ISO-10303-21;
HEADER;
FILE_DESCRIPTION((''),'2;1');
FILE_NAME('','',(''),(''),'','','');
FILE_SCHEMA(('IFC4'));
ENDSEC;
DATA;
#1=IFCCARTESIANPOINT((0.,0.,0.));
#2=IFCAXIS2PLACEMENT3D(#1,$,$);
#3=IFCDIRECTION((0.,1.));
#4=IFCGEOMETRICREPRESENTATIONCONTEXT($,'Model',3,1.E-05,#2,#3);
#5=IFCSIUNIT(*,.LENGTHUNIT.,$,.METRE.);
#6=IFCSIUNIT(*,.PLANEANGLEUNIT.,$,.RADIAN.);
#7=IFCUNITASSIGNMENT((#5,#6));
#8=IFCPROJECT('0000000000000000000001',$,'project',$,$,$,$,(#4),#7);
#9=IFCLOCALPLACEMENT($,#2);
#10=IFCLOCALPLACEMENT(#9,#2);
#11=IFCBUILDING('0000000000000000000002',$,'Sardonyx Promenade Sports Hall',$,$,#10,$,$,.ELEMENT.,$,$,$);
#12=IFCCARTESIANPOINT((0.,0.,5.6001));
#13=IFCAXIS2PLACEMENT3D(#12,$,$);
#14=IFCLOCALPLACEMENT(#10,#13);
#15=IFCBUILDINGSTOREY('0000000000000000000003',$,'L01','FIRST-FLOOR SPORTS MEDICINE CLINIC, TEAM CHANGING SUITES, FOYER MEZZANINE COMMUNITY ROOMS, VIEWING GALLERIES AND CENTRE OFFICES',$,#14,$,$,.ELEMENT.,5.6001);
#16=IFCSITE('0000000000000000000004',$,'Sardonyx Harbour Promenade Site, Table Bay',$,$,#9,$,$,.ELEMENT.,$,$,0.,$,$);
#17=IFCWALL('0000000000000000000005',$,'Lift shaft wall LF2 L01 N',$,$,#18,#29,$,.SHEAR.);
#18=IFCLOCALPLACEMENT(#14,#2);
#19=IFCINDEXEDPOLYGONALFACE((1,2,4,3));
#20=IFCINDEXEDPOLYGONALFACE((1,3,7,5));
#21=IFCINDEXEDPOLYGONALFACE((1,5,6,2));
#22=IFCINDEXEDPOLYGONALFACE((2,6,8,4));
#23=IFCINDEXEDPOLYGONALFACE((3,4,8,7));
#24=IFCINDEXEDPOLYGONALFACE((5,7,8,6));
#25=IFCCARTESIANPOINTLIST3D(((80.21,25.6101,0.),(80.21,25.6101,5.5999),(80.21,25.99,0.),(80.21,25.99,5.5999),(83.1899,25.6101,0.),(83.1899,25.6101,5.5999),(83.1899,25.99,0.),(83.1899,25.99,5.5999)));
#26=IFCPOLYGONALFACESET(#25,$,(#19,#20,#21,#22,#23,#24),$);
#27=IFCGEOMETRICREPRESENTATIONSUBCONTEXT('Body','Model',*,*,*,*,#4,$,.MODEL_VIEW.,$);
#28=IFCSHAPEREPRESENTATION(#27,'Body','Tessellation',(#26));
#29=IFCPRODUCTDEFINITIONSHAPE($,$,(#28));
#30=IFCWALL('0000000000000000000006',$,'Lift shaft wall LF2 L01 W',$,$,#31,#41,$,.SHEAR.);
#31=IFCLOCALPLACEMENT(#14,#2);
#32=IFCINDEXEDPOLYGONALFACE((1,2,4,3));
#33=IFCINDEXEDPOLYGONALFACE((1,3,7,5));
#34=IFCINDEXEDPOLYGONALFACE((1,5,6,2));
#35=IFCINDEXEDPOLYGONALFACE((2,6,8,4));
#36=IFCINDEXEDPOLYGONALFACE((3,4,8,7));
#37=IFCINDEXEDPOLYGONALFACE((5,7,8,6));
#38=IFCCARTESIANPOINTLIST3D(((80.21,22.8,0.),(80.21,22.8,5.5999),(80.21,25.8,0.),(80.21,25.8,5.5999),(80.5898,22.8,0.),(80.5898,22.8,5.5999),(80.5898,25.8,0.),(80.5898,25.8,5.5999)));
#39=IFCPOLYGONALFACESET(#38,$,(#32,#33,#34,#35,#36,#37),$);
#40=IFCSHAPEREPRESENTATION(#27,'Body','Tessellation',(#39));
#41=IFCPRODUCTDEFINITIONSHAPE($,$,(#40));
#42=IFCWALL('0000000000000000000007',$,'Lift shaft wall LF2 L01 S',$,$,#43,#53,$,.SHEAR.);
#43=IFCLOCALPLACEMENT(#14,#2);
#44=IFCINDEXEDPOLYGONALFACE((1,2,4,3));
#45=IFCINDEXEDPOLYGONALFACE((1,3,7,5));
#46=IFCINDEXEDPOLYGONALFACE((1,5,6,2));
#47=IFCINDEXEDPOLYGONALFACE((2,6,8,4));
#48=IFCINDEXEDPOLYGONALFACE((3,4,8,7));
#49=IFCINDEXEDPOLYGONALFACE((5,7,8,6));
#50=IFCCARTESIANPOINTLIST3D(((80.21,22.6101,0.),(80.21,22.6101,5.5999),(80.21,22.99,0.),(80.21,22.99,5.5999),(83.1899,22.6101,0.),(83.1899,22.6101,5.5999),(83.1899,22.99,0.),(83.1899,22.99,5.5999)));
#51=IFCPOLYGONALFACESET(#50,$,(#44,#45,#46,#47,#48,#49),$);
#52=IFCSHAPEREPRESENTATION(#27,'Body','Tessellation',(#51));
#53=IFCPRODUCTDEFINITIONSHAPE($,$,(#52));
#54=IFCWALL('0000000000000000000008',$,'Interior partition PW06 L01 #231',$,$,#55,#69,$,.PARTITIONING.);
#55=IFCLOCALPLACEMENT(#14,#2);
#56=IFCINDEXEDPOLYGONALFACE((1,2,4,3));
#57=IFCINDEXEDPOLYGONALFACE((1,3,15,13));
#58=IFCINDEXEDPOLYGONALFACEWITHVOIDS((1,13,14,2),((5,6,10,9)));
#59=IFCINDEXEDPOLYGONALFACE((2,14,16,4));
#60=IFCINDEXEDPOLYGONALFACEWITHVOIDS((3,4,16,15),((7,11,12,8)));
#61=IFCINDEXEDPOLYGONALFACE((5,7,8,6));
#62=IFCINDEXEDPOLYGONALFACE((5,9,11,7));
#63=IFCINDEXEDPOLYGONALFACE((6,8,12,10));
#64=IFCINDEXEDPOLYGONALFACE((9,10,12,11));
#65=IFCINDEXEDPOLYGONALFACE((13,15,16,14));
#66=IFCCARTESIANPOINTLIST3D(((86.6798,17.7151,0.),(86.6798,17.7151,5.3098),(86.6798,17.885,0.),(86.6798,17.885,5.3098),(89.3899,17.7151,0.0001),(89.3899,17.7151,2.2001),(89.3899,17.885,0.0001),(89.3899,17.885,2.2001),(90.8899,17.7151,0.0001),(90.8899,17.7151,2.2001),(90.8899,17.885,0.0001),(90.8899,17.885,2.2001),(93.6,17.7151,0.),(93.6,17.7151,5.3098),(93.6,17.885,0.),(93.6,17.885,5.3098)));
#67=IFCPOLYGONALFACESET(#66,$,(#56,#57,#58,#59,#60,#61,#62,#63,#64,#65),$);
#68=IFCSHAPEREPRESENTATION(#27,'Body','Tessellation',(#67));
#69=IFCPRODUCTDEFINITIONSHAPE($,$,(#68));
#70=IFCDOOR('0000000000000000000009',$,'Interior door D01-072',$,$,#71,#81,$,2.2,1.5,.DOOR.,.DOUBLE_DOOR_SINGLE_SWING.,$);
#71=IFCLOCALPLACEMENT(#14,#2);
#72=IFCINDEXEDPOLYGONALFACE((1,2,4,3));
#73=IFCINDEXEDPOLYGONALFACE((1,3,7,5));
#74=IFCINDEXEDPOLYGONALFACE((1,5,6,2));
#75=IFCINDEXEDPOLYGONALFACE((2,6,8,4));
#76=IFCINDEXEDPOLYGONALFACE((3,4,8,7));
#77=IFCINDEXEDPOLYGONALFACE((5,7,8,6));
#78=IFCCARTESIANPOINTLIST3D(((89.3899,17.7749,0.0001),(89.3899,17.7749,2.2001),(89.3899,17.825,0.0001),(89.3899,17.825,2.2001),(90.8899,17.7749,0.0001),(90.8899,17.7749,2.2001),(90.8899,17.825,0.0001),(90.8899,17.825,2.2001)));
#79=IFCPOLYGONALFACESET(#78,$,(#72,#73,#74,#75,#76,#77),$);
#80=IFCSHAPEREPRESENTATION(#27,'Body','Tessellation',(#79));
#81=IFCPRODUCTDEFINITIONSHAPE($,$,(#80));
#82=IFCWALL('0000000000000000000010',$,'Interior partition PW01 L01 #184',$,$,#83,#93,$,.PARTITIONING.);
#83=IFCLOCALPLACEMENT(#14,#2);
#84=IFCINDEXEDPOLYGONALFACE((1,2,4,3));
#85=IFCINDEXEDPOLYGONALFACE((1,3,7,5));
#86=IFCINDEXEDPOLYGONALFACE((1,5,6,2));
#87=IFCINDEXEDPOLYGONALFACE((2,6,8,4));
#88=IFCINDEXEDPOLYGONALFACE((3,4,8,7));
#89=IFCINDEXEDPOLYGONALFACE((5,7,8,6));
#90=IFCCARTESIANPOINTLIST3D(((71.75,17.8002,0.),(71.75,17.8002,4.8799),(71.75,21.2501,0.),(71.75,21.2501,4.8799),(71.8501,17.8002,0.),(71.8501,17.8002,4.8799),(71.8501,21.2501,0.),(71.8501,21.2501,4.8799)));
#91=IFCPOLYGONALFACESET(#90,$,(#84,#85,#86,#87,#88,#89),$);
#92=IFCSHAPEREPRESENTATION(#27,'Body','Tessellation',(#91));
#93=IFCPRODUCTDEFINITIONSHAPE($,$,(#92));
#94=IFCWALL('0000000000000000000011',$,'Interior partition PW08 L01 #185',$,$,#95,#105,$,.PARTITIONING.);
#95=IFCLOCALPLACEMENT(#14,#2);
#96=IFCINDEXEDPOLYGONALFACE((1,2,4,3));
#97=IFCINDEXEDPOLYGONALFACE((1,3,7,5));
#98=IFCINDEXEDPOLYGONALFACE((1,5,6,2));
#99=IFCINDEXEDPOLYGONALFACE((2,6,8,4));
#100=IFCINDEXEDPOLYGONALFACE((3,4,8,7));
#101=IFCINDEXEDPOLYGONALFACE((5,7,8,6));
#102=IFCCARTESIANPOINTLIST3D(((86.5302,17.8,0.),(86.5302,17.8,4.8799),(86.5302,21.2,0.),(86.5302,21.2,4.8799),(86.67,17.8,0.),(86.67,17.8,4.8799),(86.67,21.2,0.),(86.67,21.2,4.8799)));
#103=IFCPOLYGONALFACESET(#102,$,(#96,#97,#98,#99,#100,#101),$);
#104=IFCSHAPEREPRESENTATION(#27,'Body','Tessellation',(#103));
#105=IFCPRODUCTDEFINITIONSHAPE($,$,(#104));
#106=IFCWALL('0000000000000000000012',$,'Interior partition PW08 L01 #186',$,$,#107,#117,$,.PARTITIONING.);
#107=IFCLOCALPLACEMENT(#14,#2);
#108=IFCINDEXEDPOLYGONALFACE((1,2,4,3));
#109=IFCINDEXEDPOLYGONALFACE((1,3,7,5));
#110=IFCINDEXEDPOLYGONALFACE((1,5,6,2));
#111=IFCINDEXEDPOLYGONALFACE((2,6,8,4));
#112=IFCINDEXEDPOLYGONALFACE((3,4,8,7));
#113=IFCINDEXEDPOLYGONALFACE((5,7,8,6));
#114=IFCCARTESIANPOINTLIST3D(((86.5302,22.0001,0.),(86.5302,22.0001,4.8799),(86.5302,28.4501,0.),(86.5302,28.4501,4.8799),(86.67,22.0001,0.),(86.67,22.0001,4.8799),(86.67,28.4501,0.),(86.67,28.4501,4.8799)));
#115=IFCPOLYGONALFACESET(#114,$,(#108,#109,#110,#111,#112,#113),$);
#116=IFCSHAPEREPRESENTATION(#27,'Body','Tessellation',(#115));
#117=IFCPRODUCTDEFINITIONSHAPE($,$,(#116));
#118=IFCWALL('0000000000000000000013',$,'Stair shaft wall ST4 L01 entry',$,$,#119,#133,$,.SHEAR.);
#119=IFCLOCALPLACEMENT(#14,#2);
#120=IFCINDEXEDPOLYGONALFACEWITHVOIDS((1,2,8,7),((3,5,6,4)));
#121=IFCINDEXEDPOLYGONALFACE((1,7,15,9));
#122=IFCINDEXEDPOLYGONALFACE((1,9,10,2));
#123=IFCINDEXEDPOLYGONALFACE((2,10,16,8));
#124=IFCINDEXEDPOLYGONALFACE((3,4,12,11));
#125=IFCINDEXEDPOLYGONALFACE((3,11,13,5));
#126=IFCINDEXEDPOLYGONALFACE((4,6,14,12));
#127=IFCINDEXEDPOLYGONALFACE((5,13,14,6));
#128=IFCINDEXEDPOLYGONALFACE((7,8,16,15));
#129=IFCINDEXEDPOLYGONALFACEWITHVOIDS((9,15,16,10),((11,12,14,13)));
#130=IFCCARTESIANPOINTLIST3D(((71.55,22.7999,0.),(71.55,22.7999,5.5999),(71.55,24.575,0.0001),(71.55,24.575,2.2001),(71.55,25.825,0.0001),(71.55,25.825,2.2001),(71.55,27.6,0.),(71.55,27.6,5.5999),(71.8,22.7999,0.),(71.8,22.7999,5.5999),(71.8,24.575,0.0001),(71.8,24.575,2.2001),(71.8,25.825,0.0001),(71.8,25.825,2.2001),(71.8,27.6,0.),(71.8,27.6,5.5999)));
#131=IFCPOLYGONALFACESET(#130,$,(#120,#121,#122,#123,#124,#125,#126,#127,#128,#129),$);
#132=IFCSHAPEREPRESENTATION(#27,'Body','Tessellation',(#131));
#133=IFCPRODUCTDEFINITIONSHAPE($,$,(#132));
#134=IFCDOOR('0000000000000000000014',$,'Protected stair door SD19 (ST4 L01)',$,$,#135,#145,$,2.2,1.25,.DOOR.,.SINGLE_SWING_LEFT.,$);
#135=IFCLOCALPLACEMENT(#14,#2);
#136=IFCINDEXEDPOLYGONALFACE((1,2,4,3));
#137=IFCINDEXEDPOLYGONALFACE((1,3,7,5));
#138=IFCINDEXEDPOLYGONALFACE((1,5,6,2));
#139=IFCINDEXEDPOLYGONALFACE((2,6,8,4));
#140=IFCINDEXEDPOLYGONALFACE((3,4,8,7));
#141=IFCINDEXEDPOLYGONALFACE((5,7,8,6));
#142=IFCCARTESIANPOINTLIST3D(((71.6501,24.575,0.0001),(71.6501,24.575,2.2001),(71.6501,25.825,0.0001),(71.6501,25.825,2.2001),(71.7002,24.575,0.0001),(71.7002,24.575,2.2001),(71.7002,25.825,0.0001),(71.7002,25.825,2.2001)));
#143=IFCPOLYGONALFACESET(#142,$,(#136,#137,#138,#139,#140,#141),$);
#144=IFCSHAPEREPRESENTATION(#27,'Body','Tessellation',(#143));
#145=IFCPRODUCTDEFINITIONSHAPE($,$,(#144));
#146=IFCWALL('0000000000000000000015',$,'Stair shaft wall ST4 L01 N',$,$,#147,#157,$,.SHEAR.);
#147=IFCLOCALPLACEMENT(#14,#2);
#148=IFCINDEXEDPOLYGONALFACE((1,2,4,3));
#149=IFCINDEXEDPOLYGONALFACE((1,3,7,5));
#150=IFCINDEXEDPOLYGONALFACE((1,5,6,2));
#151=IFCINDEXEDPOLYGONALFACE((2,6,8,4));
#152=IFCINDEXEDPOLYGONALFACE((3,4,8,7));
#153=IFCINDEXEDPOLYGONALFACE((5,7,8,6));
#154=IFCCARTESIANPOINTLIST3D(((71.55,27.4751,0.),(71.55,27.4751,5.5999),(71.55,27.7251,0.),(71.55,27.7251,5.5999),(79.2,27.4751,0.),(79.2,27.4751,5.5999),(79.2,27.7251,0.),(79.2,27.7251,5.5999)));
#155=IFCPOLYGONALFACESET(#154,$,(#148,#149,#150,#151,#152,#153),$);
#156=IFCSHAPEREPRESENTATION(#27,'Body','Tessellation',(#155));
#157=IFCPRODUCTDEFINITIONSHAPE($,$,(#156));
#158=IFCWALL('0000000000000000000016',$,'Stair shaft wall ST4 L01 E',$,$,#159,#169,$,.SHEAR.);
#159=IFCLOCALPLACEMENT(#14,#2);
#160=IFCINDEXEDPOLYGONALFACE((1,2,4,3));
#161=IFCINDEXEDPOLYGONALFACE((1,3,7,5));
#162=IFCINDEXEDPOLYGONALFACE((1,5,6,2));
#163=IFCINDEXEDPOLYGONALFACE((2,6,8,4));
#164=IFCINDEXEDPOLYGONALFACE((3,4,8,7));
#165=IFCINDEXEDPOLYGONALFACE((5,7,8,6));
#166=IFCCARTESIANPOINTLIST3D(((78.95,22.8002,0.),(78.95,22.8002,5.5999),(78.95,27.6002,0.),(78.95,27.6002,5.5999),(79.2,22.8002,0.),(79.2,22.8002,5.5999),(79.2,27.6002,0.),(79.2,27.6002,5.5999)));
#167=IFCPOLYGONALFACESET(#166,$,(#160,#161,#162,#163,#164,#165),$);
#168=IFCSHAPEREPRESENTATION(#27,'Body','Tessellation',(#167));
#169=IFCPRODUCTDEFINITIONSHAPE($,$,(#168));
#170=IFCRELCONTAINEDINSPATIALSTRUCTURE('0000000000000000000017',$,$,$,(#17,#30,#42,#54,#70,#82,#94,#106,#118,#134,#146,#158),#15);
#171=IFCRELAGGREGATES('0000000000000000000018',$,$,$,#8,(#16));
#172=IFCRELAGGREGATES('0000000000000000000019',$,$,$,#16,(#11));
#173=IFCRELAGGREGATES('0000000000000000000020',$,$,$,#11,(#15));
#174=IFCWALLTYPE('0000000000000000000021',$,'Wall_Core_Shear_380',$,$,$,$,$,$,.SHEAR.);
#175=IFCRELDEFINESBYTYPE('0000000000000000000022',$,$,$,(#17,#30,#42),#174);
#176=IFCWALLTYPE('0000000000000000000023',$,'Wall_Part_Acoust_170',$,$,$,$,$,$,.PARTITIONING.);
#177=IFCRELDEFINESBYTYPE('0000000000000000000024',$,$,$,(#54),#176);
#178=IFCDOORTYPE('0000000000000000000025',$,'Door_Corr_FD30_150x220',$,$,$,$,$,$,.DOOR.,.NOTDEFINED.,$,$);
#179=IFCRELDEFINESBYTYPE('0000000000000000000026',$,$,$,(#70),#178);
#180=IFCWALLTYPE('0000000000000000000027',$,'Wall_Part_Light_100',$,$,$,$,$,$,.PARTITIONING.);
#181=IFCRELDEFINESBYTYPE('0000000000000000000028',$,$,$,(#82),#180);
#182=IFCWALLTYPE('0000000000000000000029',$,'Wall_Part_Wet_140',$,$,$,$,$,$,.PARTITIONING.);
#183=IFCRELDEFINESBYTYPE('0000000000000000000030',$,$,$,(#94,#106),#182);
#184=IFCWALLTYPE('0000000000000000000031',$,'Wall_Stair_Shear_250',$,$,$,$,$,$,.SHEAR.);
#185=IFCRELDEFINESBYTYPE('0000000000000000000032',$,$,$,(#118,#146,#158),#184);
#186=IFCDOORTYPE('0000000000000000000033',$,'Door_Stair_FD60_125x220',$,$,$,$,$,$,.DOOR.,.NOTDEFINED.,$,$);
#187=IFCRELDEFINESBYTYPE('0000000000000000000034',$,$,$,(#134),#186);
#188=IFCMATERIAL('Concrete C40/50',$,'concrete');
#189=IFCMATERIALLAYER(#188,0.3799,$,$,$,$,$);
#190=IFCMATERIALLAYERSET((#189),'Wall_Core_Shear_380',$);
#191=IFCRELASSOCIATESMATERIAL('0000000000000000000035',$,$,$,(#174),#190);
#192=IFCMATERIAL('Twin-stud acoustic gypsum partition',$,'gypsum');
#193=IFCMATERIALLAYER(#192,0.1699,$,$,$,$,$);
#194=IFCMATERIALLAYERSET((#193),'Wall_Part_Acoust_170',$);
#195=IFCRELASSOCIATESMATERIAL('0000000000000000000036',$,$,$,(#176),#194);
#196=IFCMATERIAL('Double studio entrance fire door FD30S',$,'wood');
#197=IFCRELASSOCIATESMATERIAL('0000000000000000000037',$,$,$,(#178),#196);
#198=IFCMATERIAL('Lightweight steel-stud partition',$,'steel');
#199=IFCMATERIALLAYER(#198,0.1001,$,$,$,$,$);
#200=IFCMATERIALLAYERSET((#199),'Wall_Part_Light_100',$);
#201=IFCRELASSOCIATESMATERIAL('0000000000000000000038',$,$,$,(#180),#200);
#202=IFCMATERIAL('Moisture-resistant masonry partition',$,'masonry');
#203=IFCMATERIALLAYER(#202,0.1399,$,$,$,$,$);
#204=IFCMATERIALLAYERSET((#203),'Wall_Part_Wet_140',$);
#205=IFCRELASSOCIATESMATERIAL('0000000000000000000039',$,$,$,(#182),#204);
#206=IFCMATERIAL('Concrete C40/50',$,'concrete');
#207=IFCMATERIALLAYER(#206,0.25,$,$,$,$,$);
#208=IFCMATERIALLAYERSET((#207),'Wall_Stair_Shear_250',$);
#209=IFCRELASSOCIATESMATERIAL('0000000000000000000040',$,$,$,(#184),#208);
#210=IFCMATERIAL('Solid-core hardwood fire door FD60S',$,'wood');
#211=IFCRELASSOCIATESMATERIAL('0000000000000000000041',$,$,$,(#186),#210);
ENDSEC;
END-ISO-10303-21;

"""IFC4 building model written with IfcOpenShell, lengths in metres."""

from ifc_helpers import new_model, si_unit, direction, frame, frame_2d, origin, place, context, subcontext, project, spatial, rectangle, extrude, material, layer, layer_set, type_object, element, fill, save


model = new_model("IFC4")

# Units and contexts
model_context = context("Model", 3, precision=1e-05, world=origin(), true_north=direction((0.0, 1.0)))
body_context = subcontext(model_context, "Body", "Model", "MODEL_VIEW")
ifc_project = project(units=[si_unit("LENGTHUNIT", "METRE"), si_unit("PLANEANGLEUNIT", "RADIAN")], contexts=[model_context])

# Site, building, storey
site_placement = place(None, origin())
site = spatial("IfcSite", under=ifc_project, at=site_placement, Name="Sardonyx Harbour Promenade Site, Table Bay", CompositionType="ELEMENT", RefElevation=0.0)
building_placement = place(site_placement, origin())
building = spatial("IfcBuilding", under=site, at=building_placement, Name="Sardonyx Promenade Sports Hall", CompositionType="ELEMENT")
storey_placement = place(building_placement, frame((0.0, 0.0, 5.6001)))
storey = spatial("IfcBuildingStorey", under=building, at=storey_placement, Name="L01", Description="FIRST-FLOOR SPORTS MEDICINE CLINIC, TEAM CHANGING SUITES, FOYER MEZZANINE COMMUNITY ROOMS, VIEWING GALLERIES AND CENTRE OFFICES", CompositionType="ELEMENT", Elevation=5.6001)

# Shared definitions
ifc_material_1 = material(Name="Concrete C40/50", Category="concrete")
ifc_layer_1 = layer(ifc_material_1, 0.3799)
ifc_layer_set_1 = layer_set([ifc_layer_1], Name="Wall_Core_Shear_380")
wall_type_1 = type_object("IfcWallType", Name="Wall_Core_Shear_380", PredefinedType="SHEAR", material=ifc_layer_set_1)

# Walls
wall_1_placement = place(storey_placement, frame((80.21, 25.8, 0.0), z_axis=(0.0, 0.0, 1.0), x_axis=(1.0, 0.0, 0.0)))
element("IfcWall", 1, at=wall_1_placement, inside=storey, type_object=wall_type_1, Name="Lift shaft wall LF2 L01 N", PredefinedType="SHEAR", context=body_context, shape_type="SweptSolid", body=[
    extrude(rectangle(XDim=2.98, YDim=0.3799, at=frame_2d((1.49, 0.0))), origin(), (0.0, 0.0, 1.0), 5.5999),
])
wall_2_placement = place(storey_placement, frame((80.3999, 25.8, 0.0), z_axis=(0.0, 0.0, 1.0), x_axis=(0.0, -1.0, 0.0)))
element("IfcWall", 2, at=wall_2_placement, inside=storey, type_object=wall_type_1, Name="Lift shaft wall LF2 L01 W", PredefinedType="SHEAR", context=body_context, shape_type="SweptSolid", body=[
    extrude(rectangle(XDim=3.0, YDim=0.3799, at=frame_2d((1.5, 0.0))), origin(), (0.0, 0.0, 1.0), 5.5999),
])
wall_3_placement = place(storey_placement, frame((83.1899, 22.8, 0.0), z_axis=(0.0, 0.0, 1.0), x_axis=(-1.0, 0.0, 0.0)))
element("IfcWall", 3, at=wall_3_placement, inside=storey, type_object=wall_type_1, Name="Lift shaft wall LF2 L01 S", PredefinedType="SHEAR", context=body_context, shape_type="SweptSolid", body=[
    extrude(rectangle(XDim=2.98, YDim=0.3799, at=frame_2d((1.49, 0.0))), origin(), (0.0, 0.0, 1.0), 5.5999),
])

# Wall, opening, door
ifc_material_2 = material(Name="Twin-stud acoustic gypsum partition", Category="gypsum")
ifc_layer_2 = layer(ifc_material_2, 0.1699)
ifc_layer_set_2 = layer_set([ifc_layer_2], Name="Wall_Part_Acoust_170")
wall_type_2 = type_object("IfcWallType", Name="Wall_Part_Acoust_170", PredefinedType="PARTITIONING", material=ifc_layer_set_2)
wall_4_placement = place(storey_placement, frame((86.6799, 17.8, 0.0), z_axis=(0.0, 0.0, 1.0), x_axis=(1.0, 0.0, 0.0)))
wall_4 = element("IfcWall", 4, at=wall_4_placement, inside=storey, type_object=wall_type_2, Name="Interior partition PW06 L01 #231", PredefinedType="PARTITIONING", context=body_context, shape_type="SweptSolid", body=[
    extrude(rectangle(XDim=6.9202, YDim=0.1699, at=frame_2d((3.46, 0.0))), origin(), (0.0, 0.0, 1.0), 5.3098),
])
opening_1_placement = place(wall_4_placement, frame((2.71, 0.0, 0.0)))
opening_1 = element("IfcOpeningElement", 5, at=opening_1_placement, cuts=wall_4, PredefinedType="OPENING", context=body_context, shape_type="SweptSolid", body=[
    extrude(rectangle(XDim=1.5, YDim=2.2, at=frame_2d((0.75, 1.1001))), frame((0.0, 0.095, 0.0), z_axis=(0.0, -1.0, 0.0), x_axis=(1.0, 0.0, 0.0)), (0.0, 0.0, 1.0), 0.19),
])
ifc_material_3 = material(Name="Double studio entrance fire door FD30S", Category="wood")
door_type_1 = type_object("IfcDoorType", Name="Door_Corr_FD30_150x220", OperationType="NOTDEFINED", PredefinedType="DOOR", material=ifc_material_3)
door_1_placement = place(opening_1_placement, origin())
door_1 = element("IfcDoor", 6, at=door_1_placement, inside=storey, type_object=door_type_1, Name="Interior door D01-072", OperationType="DOUBLE_DOOR_SINGLE_SWING", OverallHeight=2.2, OverallWidth=1.5, PredefinedType="DOOR", context=body_context, shape_type="SweptSolid", body=[
    extrude(rectangle(XDim=1.5, YDim=2.2, at=frame_2d((0.75, 1.1001))), frame((0.0, 0.0249, 0.0), z_axis=(0.0, -1.0, 0.0), x_axis=(1.0, 0.0, 0.0)), (0.0, 0.0, 1.0), 0.05),
])
fill(opening_1, door_1)

# Walls
ifc_material_4 = material(Name="Lightweight steel-stud partition", Category="steel")
ifc_layer_3 = layer(ifc_material_4, 0.1001)
ifc_layer_set_3 = layer_set([ifc_layer_3], Name="Wall_Part_Light_100")
wall_type_3 = type_object("IfcWallType", Name="Wall_Part_Light_100", PredefinedType="PARTITIONING", material=ifc_layer_set_3)
wall_5_placement = place(storey_placement, frame((71.8, 17.8, 0.0), z_axis=(0.0, 0.0, 1.0), x_axis=(0.0, 1.0, 0.0)))
element("IfcWall", 7, at=wall_5_placement, inside=storey, type_object=wall_type_3, Name="Interior partition PW01 L01 #184", PredefinedType="PARTITIONING", context=body_context, shape_type="SweptSolid", body=[
    extrude(rectangle(XDim=3.45, YDim=0.1001, at=frame_2d((1.7251, 0.0))), origin(), (0.0, 0.0, 1.0), 4.8799),
])
ifc_material_5 = material(Name="Moisture-resistant masonry partition", Category="masonry")
ifc_layer_4 = layer(ifc_material_5, 0.1399)
ifc_layer_set_4 = layer_set([ifc_layer_4], Name="Wall_Part_Wet_140")
wall_type_4 = type_object("IfcWallType", Name="Wall_Part_Wet_140", PredefinedType="PARTITIONING", material=ifc_layer_set_4)
wall_6_placement = place(storey_placement, frame((86.6001, 17.8, 0.0), z_axis=(0.0, 0.0, 1.0), x_axis=(0.0, 1.0, 0.0)))
element("IfcWall", 8, at=wall_6_placement, inside=storey, type_object=wall_type_4, Name="Interior partition PW08 L01 #185", PredefinedType="PARTITIONING", context=body_context, shape_type="SweptSolid", body=[
    extrude(rectangle(XDim=3.3999, YDim=0.1399, at=frame_2d((1.7, 0.0))), origin(), (0.0, 0.0, 1.0), 4.8799),
])
wall_7_placement = place(storey_placement, frame((86.6001, 22.0, 0.0), z_axis=(0.0, 0.0, 1.0), x_axis=(0.0, 1.0, 0.0)))
element("IfcWall", 9, at=wall_7_placement, inside=storey, type_object=wall_type_4, Name="Interior partition PW08 L01 #186", PredefinedType="PARTITIONING", context=body_context, shape_type="SweptSolid", body=[
    extrude(rectangle(XDim=6.45, YDim=0.1399, at=frame_2d((3.2251, 0.0))), origin(), (0.0, 0.0, 1.0), 4.8799),
])

# Wall, opening, door
ifc_material_6 = material(Name="Concrete C40/50", Category="concrete")
ifc_layer_5 = layer(ifc_material_6, 0.25)
ifc_layer_set_5 = layer_set([ifc_layer_5], Name="Wall_Stair_Shear_250")
wall_type_5 = type_object("IfcWallType", Name="Wall_Stair_Shear_250", PredefinedType="SHEAR", material=ifc_layer_set_5)
wall_8_placement = place(storey_placement, frame((71.675, 22.8, 0.0), z_axis=(0.0, 0.0, 1.0), x_axis=(0.0, 1.0, 0.0)))
wall_8 = element("IfcWall", 10, at=wall_8_placement, inside=storey, type_object=wall_type_5, Name="Stair shaft wall ST4 L01 entry", PredefinedType="SHEAR", context=body_context, shape_type="SweptSolid", body=[
    extrude(rectangle(XDim=4.8, YDim=0.25, at=frame_2d((2.3999, 0.0))), origin(), (0.0, 0.0, 1.0), 5.5999),
])
opening_2_placement = place(wall_8_placement, frame((1.7749, 0.0, 0.0)))
opening_2 = element("IfcOpeningElement", 11, at=opening_2_placement, cuts=wall_8, PredefinedType="OPENING", context=body_context, shape_type="SweptSolid", body=[
    extrude(rectangle(XDim=1.25, YDim=2.2, at=frame_2d((0.625, 1.1001))), frame((0.0, 0.135, 0.0), z_axis=(0.0, -1.0, 0.0), x_axis=(1.0, 0.0, 0.0)), (0.0, 0.0, 1.0), 0.27),
])
ifc_material_7 = material(Name="Solid-core hardwood fire door FD60S", Category="wood")
door_type_2 = type_object("IfcDoorType", Name="Door_Stair_FD60_125x220", OperationType="NOTDEFINED", PredefinedType="DOOR", material=ifc_material_7)
door_2_placement = place(opening_2_placement, origin())
door_2 = element("IfcDoor", 12, at=door_2_placement, inside=storey, type_object=door_type_2, Name="Protected stair door SD19 (ST4 L01)", OperationType="SINGLE_SWING_LEFT", OverallHeight=2.2, OverallWidth=1.25, PredefinedType="DOOR", context=body_context, shape_type="SweptSolid", body=[
    extrude(rectangle(XDim=1.25, YDim=2.2, at=frame_2d((0.625, 1.1001))), frame((0.0, 0.0249, 0.0), z_axis=(0.0, -1.0, 0.0), x_axis=(1.0, 0.0, 0.0)), (0.0, 0.0, 1.0), 0.05),
])
fill(opening_2, door_2)

# Walls
wall_9_placement = place(storey_placement, frame((71.55, 27.6001, 0.0), z_axis=(0.0, 0.0, 1.0), x_axis=(1.0, 0.0, 0.0)))
element("IfcWall", 13, at=wall_9_placement, inside=storey, type_object=wall_type_5, Name="Stair shaft wall ST4 L01 N", PredefinedType="SHEAR", context=body_context, shape_type="SweptSolid", body=[
    extrude(rectangle(XDim=7.6499, YDim=0.25, at=frame_2d((3.825, 0.0))), origin(), (0.0, 0.0, 1.0), 5.5999),
])
wall_10_placement = place(storey_placement, frame((79.075, 27.6001, 0.0), z_axis=(0.0, 0.0, 1.0), x_axis=(0.0, -1.0, 0.0)))
element("IfcWall", 14, at=wall_10_placement, inside=storey, type_object=wall_type_5, Name="Stair shaft wall ST4 L01 E", PredefinedType="SHEAR", context=body_context, shape_type="SweptSolid", body=[
    extrude(rectangle(XDim=4.8, YDim=0.25, at=frame_2d((2.3999, 0.0))), origin(), (0.0, 0.0, 1.0), 5.5999),
])

save(model, "model.ifc")
